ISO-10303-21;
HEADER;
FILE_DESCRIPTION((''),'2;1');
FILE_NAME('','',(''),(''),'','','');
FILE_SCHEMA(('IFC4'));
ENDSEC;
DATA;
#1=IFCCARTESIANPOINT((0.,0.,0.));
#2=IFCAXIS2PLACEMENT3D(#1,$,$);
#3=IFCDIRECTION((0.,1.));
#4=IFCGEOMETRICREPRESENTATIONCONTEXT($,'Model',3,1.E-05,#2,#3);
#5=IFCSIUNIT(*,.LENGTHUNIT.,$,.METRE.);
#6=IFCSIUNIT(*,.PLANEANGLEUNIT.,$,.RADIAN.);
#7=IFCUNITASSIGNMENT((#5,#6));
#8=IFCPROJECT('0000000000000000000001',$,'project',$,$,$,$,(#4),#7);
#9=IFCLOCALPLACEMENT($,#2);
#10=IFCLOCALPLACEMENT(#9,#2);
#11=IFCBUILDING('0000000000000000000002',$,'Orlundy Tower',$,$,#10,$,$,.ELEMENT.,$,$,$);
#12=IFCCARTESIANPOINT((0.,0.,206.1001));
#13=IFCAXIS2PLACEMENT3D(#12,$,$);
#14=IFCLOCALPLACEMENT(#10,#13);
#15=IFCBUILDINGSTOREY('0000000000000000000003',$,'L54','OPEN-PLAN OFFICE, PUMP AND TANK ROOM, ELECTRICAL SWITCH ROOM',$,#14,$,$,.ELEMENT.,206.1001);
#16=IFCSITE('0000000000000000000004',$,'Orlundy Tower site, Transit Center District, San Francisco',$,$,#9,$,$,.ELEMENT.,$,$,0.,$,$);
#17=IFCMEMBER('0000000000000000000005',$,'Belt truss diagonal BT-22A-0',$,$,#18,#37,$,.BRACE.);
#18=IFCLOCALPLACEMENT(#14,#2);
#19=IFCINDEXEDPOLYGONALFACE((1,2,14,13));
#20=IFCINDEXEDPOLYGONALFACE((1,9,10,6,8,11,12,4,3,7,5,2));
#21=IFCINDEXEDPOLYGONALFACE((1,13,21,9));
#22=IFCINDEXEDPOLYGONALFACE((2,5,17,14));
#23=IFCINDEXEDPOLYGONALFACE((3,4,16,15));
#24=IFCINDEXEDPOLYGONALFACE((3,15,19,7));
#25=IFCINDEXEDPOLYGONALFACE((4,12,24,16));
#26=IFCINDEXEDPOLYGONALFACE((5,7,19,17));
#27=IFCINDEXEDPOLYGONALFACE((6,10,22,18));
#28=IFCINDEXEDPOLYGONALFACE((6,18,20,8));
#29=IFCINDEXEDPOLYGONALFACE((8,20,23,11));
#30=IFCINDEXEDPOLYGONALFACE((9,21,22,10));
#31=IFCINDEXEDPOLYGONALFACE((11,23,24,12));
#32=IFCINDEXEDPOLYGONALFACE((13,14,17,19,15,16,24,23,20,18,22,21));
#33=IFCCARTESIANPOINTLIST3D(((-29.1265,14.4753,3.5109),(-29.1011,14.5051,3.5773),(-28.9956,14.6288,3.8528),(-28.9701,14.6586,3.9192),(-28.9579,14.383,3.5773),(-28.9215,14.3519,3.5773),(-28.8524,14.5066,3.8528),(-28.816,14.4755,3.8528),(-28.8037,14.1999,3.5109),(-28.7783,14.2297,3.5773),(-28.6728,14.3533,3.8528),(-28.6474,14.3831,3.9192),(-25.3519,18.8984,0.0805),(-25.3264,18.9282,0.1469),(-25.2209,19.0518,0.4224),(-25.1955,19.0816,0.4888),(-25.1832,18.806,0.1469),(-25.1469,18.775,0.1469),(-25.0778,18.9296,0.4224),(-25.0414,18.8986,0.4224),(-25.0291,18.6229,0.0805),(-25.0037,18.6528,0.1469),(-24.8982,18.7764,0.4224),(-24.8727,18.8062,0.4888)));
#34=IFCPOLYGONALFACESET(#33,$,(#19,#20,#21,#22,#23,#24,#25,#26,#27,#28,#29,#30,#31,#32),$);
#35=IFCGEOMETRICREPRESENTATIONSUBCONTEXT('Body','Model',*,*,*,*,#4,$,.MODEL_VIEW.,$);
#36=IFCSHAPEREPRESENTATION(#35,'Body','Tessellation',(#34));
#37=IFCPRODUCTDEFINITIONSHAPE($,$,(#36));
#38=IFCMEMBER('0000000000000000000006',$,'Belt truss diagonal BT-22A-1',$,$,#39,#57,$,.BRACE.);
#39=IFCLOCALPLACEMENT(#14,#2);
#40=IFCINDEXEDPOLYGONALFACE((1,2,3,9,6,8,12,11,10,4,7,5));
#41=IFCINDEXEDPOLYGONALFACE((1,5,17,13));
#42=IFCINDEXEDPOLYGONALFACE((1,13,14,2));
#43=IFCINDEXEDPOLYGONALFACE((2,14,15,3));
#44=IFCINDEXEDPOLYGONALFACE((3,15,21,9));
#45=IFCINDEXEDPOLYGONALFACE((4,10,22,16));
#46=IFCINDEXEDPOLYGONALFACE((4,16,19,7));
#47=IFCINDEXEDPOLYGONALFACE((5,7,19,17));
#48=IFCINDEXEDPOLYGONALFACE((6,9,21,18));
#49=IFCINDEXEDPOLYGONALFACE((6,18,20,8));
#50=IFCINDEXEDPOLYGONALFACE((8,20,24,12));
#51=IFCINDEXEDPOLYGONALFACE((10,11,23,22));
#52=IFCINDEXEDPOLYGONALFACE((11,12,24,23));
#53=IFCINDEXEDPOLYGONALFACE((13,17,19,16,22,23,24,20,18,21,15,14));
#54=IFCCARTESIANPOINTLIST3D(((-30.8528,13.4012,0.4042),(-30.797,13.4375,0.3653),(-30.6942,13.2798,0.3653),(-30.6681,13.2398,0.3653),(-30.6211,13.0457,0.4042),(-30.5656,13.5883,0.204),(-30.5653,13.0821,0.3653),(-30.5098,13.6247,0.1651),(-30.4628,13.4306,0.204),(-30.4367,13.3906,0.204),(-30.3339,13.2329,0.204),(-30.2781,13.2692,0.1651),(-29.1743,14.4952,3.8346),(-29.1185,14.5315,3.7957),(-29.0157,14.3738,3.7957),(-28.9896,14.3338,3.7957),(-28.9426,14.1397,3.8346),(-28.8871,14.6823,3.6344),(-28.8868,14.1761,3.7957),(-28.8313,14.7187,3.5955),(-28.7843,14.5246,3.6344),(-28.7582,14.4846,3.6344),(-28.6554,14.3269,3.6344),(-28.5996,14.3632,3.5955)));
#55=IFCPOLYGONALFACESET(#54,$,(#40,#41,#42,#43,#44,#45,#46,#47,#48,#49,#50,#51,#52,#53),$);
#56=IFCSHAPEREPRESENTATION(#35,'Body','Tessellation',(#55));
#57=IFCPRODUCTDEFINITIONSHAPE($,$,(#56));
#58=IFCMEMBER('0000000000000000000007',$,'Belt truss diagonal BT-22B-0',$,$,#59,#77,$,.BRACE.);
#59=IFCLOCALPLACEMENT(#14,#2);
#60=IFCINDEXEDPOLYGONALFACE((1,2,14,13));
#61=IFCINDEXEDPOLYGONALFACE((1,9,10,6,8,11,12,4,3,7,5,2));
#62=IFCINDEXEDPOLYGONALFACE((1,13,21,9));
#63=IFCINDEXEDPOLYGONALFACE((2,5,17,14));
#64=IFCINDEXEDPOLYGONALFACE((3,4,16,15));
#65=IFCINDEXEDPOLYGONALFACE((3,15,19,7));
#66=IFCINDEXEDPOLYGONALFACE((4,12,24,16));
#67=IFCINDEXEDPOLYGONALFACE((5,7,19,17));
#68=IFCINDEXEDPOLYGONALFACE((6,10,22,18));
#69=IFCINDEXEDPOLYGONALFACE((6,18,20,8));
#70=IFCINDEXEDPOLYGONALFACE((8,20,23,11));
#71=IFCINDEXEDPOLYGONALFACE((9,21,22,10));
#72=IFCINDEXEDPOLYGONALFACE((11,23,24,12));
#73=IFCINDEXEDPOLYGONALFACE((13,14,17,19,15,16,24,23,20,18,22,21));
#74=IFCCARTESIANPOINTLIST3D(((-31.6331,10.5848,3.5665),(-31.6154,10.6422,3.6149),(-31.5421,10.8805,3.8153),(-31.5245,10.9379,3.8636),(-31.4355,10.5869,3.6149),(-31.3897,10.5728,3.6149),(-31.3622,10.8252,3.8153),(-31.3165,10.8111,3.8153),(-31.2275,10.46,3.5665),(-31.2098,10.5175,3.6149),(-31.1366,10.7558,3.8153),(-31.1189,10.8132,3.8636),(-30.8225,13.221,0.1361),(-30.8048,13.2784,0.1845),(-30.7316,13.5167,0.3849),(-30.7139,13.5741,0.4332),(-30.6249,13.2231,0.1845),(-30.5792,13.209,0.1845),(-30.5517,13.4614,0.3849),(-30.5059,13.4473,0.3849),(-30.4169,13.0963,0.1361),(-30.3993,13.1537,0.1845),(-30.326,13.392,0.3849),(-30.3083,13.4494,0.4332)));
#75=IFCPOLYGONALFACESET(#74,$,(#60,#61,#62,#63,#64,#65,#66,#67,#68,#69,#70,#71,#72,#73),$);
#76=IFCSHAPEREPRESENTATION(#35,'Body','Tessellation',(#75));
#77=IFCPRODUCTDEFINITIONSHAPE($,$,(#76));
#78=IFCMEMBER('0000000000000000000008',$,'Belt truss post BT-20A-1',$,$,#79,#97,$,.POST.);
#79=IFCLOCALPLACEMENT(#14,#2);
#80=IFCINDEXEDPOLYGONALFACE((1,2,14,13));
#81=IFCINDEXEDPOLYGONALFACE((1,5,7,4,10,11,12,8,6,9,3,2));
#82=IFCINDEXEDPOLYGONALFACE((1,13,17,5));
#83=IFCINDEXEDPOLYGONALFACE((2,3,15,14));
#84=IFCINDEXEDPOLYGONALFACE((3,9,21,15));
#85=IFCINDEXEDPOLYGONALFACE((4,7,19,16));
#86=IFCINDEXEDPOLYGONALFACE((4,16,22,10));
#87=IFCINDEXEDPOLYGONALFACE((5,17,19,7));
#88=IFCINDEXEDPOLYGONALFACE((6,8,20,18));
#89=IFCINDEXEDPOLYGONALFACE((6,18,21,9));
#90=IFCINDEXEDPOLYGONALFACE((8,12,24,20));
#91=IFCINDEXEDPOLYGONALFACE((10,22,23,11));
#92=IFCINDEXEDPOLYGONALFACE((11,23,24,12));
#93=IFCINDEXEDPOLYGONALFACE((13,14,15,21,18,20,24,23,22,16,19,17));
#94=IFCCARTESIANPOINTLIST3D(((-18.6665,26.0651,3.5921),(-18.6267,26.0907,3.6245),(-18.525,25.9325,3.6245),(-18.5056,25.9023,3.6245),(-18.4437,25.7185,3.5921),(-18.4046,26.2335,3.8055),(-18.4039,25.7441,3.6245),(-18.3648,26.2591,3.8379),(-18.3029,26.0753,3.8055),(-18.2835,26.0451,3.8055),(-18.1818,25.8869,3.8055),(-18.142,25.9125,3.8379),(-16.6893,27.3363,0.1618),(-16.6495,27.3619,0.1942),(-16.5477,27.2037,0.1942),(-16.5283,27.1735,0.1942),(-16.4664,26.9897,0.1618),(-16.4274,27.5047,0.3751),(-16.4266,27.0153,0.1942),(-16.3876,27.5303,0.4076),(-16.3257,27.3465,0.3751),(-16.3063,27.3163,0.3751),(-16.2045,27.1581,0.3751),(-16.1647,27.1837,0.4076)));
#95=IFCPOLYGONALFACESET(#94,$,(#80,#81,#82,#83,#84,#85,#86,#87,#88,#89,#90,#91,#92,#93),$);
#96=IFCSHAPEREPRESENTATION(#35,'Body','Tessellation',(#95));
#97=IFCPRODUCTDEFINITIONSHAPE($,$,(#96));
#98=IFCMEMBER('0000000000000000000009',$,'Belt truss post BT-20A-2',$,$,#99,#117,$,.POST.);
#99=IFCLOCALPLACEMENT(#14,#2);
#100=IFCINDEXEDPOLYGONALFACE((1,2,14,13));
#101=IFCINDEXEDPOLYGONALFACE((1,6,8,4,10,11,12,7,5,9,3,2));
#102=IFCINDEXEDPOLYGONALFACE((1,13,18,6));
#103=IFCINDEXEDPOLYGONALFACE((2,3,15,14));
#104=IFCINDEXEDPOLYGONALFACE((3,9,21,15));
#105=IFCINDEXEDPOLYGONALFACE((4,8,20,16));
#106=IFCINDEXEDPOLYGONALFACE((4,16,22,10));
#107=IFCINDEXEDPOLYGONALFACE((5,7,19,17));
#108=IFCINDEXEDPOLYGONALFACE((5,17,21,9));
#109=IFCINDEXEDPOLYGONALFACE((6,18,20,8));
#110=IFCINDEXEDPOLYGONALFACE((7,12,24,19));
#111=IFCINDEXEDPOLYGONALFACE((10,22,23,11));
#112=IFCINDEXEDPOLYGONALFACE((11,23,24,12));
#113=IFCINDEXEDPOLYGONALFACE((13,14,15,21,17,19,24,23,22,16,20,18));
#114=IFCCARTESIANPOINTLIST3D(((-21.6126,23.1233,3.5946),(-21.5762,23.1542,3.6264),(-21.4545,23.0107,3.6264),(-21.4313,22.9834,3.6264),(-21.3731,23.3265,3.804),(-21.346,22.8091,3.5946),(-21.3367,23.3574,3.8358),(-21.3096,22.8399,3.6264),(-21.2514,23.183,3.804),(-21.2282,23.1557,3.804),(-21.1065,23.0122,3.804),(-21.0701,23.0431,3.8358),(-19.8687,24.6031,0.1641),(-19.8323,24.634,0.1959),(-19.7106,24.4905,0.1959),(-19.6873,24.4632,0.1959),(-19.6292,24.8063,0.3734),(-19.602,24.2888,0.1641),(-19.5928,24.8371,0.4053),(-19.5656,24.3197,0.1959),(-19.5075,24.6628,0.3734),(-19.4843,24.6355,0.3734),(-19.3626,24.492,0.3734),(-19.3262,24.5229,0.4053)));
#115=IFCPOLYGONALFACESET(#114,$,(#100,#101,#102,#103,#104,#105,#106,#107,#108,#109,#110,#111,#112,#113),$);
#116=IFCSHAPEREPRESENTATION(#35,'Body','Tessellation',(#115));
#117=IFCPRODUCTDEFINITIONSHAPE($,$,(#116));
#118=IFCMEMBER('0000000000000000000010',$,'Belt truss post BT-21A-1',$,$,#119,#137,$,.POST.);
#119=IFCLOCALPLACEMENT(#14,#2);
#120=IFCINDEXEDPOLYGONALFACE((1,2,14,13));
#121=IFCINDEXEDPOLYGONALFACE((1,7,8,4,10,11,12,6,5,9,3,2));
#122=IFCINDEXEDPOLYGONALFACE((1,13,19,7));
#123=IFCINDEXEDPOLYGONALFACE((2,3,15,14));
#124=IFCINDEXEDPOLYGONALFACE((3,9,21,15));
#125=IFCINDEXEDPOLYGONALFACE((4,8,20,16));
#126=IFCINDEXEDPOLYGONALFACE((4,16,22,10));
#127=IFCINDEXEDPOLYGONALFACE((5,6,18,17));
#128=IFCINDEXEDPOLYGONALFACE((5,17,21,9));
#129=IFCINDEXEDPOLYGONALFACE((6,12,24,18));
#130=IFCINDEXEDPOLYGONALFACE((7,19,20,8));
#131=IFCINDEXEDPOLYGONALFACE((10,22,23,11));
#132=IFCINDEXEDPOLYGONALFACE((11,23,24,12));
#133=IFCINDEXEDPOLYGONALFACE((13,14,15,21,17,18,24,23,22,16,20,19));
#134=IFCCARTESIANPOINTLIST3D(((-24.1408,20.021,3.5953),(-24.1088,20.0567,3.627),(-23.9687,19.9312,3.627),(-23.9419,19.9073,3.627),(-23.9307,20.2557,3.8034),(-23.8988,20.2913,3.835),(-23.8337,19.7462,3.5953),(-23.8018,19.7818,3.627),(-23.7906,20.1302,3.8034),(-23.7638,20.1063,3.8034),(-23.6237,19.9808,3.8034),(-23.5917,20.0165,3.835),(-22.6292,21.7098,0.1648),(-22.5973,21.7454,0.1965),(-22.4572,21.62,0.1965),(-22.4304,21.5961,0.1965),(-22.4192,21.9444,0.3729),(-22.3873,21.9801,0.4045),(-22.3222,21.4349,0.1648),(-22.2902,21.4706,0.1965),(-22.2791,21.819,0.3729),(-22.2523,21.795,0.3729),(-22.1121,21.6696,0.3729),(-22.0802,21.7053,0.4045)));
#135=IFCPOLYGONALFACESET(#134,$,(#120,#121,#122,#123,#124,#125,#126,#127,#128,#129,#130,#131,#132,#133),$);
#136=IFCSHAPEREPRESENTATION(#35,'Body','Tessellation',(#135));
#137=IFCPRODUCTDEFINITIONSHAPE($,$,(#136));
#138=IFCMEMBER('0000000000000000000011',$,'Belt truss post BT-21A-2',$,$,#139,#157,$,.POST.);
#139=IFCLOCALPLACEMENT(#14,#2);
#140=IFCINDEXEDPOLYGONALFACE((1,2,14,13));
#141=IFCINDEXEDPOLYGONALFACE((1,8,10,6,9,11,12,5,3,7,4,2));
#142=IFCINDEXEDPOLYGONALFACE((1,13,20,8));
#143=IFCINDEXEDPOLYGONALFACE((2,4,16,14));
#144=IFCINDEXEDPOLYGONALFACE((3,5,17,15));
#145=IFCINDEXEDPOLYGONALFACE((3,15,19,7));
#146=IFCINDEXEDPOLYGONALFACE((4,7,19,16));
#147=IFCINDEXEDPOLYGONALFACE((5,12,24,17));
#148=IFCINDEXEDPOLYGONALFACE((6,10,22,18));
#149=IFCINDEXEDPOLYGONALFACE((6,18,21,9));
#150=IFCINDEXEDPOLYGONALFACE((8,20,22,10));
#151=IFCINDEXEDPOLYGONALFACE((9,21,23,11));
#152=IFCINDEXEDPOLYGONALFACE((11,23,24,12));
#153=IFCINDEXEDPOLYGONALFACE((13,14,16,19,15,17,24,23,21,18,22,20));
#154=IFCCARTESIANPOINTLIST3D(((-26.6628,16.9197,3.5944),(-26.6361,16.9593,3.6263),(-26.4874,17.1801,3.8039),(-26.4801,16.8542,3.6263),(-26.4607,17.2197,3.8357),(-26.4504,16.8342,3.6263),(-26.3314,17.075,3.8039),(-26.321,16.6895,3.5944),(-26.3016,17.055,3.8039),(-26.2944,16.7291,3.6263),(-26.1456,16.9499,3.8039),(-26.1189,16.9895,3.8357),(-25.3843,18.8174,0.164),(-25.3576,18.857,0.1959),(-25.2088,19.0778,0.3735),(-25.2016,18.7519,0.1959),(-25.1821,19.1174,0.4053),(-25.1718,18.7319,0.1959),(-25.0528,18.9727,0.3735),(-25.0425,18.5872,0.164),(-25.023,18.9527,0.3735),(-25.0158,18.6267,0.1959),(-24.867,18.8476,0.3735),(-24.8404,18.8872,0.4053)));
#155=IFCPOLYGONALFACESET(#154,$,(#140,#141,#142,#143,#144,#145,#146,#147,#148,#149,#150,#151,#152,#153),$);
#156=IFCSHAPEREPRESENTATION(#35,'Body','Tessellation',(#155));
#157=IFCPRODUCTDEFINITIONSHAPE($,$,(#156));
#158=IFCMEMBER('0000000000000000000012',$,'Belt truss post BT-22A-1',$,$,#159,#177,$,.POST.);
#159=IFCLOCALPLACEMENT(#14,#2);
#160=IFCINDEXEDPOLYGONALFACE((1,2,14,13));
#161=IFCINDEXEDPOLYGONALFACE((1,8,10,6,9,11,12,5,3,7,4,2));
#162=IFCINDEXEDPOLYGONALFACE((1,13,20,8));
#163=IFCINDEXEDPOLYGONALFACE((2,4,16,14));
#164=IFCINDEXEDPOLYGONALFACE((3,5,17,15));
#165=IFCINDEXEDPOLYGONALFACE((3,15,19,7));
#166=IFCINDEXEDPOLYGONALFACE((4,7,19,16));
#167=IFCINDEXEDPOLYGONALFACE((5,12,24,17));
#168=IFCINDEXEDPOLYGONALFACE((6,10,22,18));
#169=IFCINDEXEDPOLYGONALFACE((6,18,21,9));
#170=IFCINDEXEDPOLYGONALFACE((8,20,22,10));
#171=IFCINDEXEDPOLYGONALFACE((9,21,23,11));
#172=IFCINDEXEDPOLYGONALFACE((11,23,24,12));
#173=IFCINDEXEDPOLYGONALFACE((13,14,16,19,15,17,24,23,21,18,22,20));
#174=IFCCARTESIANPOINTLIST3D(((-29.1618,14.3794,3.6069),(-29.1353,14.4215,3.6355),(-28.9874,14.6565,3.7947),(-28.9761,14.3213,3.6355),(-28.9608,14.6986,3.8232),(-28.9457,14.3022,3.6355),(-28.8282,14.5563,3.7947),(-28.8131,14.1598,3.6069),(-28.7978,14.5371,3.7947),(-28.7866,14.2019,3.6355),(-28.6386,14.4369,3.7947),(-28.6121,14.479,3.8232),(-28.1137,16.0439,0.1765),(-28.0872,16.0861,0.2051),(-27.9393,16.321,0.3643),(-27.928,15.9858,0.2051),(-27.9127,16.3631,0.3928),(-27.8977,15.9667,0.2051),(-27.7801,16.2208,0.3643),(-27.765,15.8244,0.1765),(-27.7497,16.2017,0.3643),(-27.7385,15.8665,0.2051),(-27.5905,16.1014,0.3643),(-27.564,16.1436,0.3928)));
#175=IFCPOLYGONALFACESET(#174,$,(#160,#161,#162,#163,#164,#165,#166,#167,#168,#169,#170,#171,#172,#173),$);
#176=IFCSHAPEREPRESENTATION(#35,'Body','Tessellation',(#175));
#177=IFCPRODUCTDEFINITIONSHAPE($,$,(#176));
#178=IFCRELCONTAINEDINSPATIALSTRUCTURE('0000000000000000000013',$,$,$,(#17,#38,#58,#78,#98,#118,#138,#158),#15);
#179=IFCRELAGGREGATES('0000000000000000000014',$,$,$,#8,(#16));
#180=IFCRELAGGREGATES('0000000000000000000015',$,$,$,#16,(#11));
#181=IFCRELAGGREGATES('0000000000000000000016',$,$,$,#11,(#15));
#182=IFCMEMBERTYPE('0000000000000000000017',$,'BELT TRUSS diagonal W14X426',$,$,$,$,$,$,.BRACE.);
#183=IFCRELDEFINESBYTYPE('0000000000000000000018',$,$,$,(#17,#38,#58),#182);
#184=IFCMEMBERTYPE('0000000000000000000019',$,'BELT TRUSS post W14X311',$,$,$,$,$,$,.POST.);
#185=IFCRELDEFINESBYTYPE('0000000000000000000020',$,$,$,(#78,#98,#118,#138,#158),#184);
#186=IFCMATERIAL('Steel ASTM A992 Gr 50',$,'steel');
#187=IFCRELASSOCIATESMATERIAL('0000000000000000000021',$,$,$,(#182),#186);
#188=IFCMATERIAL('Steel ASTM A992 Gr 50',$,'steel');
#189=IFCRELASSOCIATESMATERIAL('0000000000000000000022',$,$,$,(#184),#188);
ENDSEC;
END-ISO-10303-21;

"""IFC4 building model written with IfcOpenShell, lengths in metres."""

from ifc_helpers import new_model, si_unit, direction, frame, origin, origin_2d, place, context, subcontext, project, spatial, i_section, extrude, material, material_profile, profile_set, type_object, element, save


model = new_model("IFC4")

# Units and contexts
model_context = context("Model", 3, precision=1e-05, world=origin(), true_north=direction((0.0, 1.0)))
body_context = subcontext(model_context, "Body", "Model", "MODEL_VIEW")
ifc_project = project(units=[si_unit("LENGTHUNIT", "METRE"), si_unit("PLANEANGLEUNIT", "RADIAN")], contexts=[model_context])

# Site, building, storey
site_placement = place(None, origin())
site = spatial("IfcSite", under=ifc_project, at=site_placement, Name="Orlundy Tower site, Transit Center District, San Francisco", CompositionType="ELEMENT", RefElevation=0.0)
building_placement = place(site_placement, origin())
building = spatial("IfcBuilding", under=site, at=building_placement, Name="Orlundy Tower", CompositionType="ELEMENT")
storey_placement = place(building_placement, frame((0.0, 0.0, 206.1001)))
storey = spatial("IfcBuildingStorey", under=building, at=storey_placement, Name="L54", Description="OPEN-PLAN OFFICE, PUMP AND TANK ROOM, ELECTRICAL SWITCH ROOM", CompositionType="ELEMENT", Elevation=206.1001)

# Members
ifc_material_1 = material(Name="Steel ASTM A992 Gr 50", Category="steel")
ifc_material_profile_1 = material_profile(ifc_material_1, i_section(OverallWidth=0.4243, OverallDepth=0.4741, WebThickness=0.0479, FlangeThickness=0.0771, at=origin_2d()), Name="W14X426")
ifc_profile_set_1 = profile_set([ifc_material_profile_1], Name="Steel ASTM A992 Gr 50")
member_type_1 = type_object("IfcMemberType", Name="BELT TRUSS diagonal W14X426", PredefinedType="BRACE", material=ifc_profile_set_1)
member_1_placement = place(storey_placement, frame((-25.1123, 18.8523, 0.2847), z_axis=(-0.559104, -0.655151, 0.508115), x_axis=(0.760663, -0.649147, 0.0)))
element("IfcMember", 1, at=member_1_placement, inside=storey, type_object=member_type_1, Name="Belt truss diagonal BT-22A-0", PredefinedType="BRACE", context=body_context, shape_type="SweptSolid", body=[
    extrude(i_section(OverallWidth=0.4243, OverallDepth=0.4741, WebThickness=0.0479, FlangeThickness=0.0771, at=origin_2d()), origin(), (0.0, 0.0, 1.0), 6.7512),
])
member_2_placement = place(storey_placement, frame((-28.887, 14.4292, 3.7151), z_axis=(-0.422507, -0.275382, -0.863512), x_axis=(0.546037, -0.837761, 0.0)))
element("IfcMember", 2, at=member_2_placement, inside=storey, type_object=member_type_1, Name="Belt truss diagonal BT-22A-1", PredefinedType="BRACE", context=body_context, shape_type="SweptSolid", body=[
    extrude(i_section(OverallWidth=0.4243, OverallDepth=0.4741, WebThickness=0.0479, FlangeThickness=0.0771, at=origin_2d()), origin(), (0.0, 0.0, 1.0), 3.9727),
])
member_3_placement = place(storey_placement, frame((-30.5654, 13.3352, 0.2847), z_axis=(-0.184146, -0.598919, 0.77935), x_axis=(0.95584, -0.293887, 0.0)))
element("IfcMember", 3, at=member_3_placement, inside=storey, type_object=member_type_1, Name="Belt truss diagonal BT-22B-0", PredefinedType="BRACE", context=body_context, shape_type="SweptSolid", body=[
    extrude(i_section(OverallWidth=0.4243, OverallDepth=0.4741, WebThickness=0.0479, FlangeThickness=0.0771, at=origin_2d()), origin(), (0.0, 0.0, 1.0), 4.4016),
])
ifc_material_2 = material(Name="Steel ASTM A992 Gr 50", Category="steel")
ifc_material_profile_2 = material_profile(ifc_material_2, i_section(OverallWidth=0.4121, OverallDepth=0.4348, WebThickness=0.0359, FlangeThickness=0.0574, at=origin_2d()), Name="W14X311")
ifc_profile_set_2 = profile_set([ifc_material_profile_2], Name="Steel ASTM A992 Gr 50")
member_type_2 = type_object("IfcMemberType", Name="BELT TRUSS post W14X311", PredefinedType="POST", material=ifc_profile_set_2)
member_4_placement = place(storey_placement, frame((-16.427, 27.26, 0.2847), z_axis=(-0.475477, -0.305693, 0.824908), x_axis=(0.540794, -0.841155, 0.0)))
element("IfcMember", 4, at=member_4_placement, inside=storey, type_object=member_type_2, Name="Belt truss post BT-20A-1", PredefinedType="POST", context=body_context, shape_type="SweptSolid", body=[
    extrude(i_section(OverallWidth=0.4121, OverallDepth=0.4348, WebThickness=0.0359, FlangeThickness=0.0574, at=origin_2d()), origin(), (0.0, 0.0, 1.0), 4.1584),
])
member_5_placement = place(storey_placement, frame((-19.5974, 24.563, 0.2847), z_axis=(-0.422975, -0.358904, 0.832034), x_axis=(0.646994, -0.762495, 0.0)))
element("IfcMember", 5, at=member_5_placement, inside=storey, type_object=member_type_2, Name="Belt truss post BT-20A-2", PredefinedType="POST", context=body_context, shape_type="SweptSolid", body=[
    extrude(i_section(OverallWidth=0.4121, OverallDepth=0.4348, WebThickness=0.0359, FlangeThickness=0.0574, at=origin_2d()), origin(), (0.0, 0.0, 1.0), 4.123),
])
member_6_placement = place(storey_placement, frame((-22.3547, 21.7075, 0.2847), z_axis=(-0.367625, -0.410735, 0.834355), x_axis=(0.745129, -0.666921, 0.0)))
element("IfcMember", 6, at=member_6_placement, inside=storey, type_object=member_type_2, Name="Belt truss post BT-21A-1", PredefinedType="POST", context=body_context, shape_type="SweptSolid", body=[
    extrude(i_section(OverallWidth=0.4121, OverallDepth=0.4348, WebThickness=0.0359, FlangeThickness=0.0574, at=origin_2d()), origin(), (0.0, 0.0, 1.0), 4.1116),
])
member_7_placement = place(storey_placement, frame((-25.1123, 18.8523, 0.2847), z_axis=(-0.310063, -0.46021, 0.831906), x_axis=(0.829332, -0.558756, 0.0)))
element("IfcMember", 7, at=member_7_placement, inside=storey, type_object=member_type_2, Name="Belt truss post BT-21A-2", PredefinedType="POST", context=body_context, shape_type="SweptSolid", body=[
    extrude(i_section(OverallWidth=0.4121, OverallDepth=0.4348, WebThickness=0.0359, FlangeThickness=0.0574, at=origin_2d()), origin(), (0.0, 0.0, 1.0), 4.1235),
])
member_8_placement = place(storey_placement, frame((-27.8389, 16.0938, 0.2847), z_axis=(-0.265048, -0.42094, 0.867502), x_axis=(0.846222, -0.53283, 0.0)))
element("IfcMember", 8, at=member_8_placement, inside=storey, type_object=member_type_2, Name="Belt truss post BT-22A-1", PredefinedType="POST", context=body_context, shape_type="SweptSolid", body=[
    extrude(i_section(OverallWidth=0.4121, OverallDepth=0.4348, WebThickness=0.0359, FlangeThickness=0.0574, at=origin_2d()), origin(), (0.0, 0.0, 1.0), 3.9543),
])

save(model, "model.ifc")
